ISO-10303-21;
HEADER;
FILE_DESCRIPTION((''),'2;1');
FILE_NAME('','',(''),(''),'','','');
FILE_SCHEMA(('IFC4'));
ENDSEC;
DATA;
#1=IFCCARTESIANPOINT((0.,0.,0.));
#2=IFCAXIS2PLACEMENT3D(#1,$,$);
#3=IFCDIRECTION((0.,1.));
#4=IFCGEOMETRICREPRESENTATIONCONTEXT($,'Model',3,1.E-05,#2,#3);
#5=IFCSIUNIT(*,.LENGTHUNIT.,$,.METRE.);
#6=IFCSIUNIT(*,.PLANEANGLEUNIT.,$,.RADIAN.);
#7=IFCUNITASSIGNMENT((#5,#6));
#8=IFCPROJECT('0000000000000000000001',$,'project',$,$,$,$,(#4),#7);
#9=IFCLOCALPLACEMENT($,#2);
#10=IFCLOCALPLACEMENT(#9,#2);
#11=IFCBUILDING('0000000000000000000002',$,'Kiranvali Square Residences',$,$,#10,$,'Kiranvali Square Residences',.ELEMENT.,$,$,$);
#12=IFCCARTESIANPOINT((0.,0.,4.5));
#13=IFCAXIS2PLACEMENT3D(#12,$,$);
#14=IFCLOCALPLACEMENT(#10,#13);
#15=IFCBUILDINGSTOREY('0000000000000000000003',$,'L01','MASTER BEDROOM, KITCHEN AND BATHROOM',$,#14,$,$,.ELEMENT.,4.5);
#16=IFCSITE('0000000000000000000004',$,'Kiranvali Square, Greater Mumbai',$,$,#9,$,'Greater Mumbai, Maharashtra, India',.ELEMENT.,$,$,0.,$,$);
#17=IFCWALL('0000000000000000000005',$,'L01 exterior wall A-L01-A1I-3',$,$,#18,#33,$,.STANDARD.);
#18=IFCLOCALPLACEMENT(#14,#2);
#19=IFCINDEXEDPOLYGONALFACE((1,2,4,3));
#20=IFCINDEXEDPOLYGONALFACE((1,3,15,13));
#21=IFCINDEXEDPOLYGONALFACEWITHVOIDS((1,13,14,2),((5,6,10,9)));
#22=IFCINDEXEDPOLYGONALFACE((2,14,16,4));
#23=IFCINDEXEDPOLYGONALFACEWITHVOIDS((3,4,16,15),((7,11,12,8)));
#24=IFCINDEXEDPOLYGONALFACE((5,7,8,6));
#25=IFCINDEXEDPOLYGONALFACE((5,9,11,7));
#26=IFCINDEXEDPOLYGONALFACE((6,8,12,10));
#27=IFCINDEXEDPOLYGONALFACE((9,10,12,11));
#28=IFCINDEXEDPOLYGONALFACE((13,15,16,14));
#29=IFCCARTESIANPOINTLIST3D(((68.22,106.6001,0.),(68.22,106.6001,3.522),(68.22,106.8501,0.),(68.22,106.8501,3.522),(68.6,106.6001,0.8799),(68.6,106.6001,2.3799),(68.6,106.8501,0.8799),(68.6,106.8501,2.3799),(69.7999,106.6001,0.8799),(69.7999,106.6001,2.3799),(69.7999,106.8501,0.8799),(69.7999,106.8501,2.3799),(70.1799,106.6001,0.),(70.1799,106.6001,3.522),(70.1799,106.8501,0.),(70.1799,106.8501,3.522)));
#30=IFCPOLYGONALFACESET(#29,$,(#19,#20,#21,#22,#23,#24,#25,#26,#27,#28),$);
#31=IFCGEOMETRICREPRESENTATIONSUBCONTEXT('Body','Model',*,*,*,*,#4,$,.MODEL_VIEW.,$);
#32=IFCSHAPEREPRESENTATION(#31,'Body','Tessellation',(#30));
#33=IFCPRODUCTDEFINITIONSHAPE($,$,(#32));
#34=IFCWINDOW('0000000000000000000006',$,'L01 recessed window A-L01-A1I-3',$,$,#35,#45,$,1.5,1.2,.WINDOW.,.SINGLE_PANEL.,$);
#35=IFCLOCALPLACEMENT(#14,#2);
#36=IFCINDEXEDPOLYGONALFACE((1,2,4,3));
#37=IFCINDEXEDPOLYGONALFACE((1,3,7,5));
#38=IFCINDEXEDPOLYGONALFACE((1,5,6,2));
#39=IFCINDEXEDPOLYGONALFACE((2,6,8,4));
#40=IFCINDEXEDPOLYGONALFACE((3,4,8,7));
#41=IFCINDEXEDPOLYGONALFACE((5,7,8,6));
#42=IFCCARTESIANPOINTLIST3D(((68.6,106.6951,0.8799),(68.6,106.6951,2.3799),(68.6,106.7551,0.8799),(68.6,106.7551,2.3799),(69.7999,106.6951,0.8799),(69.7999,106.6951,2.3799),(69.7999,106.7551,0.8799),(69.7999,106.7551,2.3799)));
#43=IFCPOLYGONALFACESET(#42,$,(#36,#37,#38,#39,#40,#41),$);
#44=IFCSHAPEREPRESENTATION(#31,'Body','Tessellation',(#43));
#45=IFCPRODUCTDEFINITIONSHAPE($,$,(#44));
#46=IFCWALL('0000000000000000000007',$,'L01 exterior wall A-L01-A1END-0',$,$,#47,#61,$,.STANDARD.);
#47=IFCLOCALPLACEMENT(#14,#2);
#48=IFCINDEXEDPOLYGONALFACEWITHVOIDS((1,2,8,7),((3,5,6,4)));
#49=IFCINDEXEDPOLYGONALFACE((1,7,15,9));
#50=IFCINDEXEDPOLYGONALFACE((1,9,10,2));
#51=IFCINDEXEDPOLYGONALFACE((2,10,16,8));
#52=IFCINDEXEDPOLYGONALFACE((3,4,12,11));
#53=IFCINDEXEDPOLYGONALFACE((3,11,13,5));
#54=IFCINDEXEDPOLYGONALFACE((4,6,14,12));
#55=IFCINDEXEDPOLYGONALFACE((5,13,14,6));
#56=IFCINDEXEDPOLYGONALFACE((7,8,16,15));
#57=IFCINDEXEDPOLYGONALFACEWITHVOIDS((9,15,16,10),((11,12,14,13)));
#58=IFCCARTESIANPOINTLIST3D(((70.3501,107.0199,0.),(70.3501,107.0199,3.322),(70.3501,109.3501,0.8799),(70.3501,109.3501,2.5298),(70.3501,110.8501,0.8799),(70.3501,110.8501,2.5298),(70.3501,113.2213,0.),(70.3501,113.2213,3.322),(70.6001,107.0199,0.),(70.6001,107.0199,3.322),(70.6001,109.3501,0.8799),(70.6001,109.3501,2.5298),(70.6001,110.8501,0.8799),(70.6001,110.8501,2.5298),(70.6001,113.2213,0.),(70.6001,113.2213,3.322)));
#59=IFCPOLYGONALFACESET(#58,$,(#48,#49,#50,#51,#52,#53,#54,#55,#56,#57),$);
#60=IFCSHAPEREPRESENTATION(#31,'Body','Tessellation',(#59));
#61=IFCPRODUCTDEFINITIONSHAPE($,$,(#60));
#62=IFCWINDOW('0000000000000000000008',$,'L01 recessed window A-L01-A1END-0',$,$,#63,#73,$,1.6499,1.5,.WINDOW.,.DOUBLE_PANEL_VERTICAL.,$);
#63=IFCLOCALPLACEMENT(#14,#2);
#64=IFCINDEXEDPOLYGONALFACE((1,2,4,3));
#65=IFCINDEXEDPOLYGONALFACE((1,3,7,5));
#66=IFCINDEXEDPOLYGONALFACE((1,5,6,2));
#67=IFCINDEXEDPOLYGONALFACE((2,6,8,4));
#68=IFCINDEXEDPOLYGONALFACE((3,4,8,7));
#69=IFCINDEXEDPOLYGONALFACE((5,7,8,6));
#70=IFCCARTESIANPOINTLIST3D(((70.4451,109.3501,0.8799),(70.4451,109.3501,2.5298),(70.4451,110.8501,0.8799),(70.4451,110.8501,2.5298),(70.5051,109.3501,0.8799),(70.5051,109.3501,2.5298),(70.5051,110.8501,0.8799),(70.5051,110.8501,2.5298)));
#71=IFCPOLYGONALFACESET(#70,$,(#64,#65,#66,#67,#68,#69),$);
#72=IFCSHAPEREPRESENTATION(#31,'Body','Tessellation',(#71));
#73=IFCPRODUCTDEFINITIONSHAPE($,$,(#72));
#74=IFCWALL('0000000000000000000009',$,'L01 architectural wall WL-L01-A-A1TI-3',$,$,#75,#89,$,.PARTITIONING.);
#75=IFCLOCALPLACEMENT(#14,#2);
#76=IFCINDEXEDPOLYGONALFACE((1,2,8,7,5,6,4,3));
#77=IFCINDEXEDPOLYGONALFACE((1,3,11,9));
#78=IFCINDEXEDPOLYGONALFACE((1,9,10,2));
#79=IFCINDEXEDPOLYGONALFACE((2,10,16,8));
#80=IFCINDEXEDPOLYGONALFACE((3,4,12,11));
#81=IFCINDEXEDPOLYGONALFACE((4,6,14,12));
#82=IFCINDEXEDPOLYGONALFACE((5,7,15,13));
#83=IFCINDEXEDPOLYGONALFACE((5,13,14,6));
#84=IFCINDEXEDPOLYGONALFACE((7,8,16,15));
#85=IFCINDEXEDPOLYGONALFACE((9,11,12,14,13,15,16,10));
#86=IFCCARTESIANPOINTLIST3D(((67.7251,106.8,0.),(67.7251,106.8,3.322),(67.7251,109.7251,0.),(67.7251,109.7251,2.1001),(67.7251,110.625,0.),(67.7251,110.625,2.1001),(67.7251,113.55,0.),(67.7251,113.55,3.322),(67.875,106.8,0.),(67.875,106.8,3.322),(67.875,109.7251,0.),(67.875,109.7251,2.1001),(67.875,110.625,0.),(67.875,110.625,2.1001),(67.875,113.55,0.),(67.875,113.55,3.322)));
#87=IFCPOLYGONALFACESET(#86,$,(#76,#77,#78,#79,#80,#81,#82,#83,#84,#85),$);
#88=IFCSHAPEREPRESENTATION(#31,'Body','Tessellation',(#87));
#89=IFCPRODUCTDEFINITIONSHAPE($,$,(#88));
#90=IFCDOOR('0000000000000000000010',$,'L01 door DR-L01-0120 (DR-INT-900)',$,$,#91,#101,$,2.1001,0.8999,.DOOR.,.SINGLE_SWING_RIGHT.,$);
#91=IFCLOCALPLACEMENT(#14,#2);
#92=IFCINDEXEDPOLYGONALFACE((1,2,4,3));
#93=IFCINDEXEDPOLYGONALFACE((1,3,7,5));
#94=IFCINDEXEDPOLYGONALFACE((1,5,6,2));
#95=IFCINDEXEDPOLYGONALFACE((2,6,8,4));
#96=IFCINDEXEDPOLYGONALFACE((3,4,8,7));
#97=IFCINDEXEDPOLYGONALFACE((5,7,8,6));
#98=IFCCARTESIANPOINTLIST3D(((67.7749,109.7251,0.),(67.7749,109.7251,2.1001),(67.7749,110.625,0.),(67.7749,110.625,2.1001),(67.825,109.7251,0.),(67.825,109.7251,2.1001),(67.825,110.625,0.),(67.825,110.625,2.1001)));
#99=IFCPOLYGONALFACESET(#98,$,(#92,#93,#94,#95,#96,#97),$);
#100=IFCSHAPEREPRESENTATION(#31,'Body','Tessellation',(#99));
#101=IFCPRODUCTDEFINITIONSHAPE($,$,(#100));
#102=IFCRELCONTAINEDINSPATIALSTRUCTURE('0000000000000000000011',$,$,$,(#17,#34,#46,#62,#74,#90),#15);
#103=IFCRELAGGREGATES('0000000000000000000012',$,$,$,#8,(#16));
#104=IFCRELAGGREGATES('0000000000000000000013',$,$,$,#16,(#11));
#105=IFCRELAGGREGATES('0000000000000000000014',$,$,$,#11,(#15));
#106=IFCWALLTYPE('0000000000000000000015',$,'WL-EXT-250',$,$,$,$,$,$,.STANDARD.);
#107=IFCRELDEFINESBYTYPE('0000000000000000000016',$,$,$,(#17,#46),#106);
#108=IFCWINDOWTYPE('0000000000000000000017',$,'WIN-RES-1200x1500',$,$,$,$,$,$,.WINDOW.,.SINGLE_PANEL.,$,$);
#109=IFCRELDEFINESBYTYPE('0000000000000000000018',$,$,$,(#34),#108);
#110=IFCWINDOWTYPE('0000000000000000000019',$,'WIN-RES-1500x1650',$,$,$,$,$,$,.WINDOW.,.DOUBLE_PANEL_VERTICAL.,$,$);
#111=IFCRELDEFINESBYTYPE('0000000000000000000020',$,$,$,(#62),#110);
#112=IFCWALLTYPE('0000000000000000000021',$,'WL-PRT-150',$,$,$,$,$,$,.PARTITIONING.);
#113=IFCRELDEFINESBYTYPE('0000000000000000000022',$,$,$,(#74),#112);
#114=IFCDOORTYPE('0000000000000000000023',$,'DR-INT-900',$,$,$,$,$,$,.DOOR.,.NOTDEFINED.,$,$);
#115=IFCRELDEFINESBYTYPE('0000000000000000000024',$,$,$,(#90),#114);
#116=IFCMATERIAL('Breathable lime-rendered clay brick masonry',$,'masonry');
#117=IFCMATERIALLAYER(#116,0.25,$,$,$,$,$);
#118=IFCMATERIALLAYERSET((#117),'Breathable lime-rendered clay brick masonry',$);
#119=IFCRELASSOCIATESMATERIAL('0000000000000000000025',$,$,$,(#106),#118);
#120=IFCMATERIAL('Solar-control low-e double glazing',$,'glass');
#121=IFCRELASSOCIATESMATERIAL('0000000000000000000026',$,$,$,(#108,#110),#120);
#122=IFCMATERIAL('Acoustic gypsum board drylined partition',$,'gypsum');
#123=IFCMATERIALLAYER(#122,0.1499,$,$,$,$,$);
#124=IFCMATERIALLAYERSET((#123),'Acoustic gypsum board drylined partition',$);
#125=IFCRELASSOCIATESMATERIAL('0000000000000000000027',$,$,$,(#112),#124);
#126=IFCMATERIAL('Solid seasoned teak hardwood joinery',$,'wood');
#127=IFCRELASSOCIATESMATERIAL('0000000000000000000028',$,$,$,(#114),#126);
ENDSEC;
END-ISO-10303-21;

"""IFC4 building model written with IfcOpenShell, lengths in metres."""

from ifc_helpers import new_model, si_unit, direction, frame, frame_2d, origin, place, context, subcontext, project, spatial, rectangle, extrude, material, layer, layer_set, type_object, element, fill, save


model = new_model("IFC4")

# Units and contexts
model_context = context("Model", 3, precision=1e-05, world=origin(), true_north=direction((0.0, 1.0)))
body_context = subcontext(model_context, "Body", "Model", "MODEL_VIEW")
ifc_project = project(units=[si_unit("LENGTHUNIT", "METRE"), si_unit("PLANEANGLEUNIT", "RADIAN")], contexts=[model_context])

# Site, building, storey
site_placement = place(None, origin())
site = spatial("IfcSite", under=ifc_project, at=site_placement, Name="Kiranvali Square, Greater Mumbai", LongName="Greater Mumbai, Maharashtra, India", CompositionType="ELEMENT", RefElevation=0.0)
building_placement = place(site_placement, origin())
building = spatial("IfcBuilding", under=site, at=building_placement, Name="Kiranvali Square Residences", LongName="Kiranvali Square Residences", CompositionType="ELEMENT")
storey_placement = place(building_placement, frame((0.0, 0.0, 4.5)))
storey = spatial("IfcBuildingStorey", under=building, at=storey_placement, Name="L01", Description="MASTER BEDROOM, KITCHEN AND BATHROOM", CompositionType="ELEMENT", Elevation=4.5)

# Walls, openings, windows
ifc_material_1 = material(Name="Breathable lime-rendered clay brick masonry", Category="masonry")
ifc_layer_1 = layer(ifc_material_1, 0.25)
ifc_layer_set_1 = layer_set([ifc_layer_1], Name="Breathable lime-rendered clay brick masonry")
wall_type_1 = type_object("IfcWallType", Name="WL-EXT-250", PredefinedType="STANDARD", material=ifc_layer_set_1)
ifc_material_2 = material(Name="Solar-control low-e double glazing", Category="glass")
window_type_1 = type_object("IfcWindowType", Name="WIN-RES-1200x1500", PartitioningType="SINGLE_PANEL", PredefinedType="WINDOW", material=ifc_material_2)
wall_1_placement = place(storey_placement, frame((68.22, 106.7251, 0.0), z_axis=(0.0, 0.0, 1.0), x_axis=(1.0, 0.0, 0.0)))
wall_1 = element("IfcWall", 1, at=wall_1_placement, inside=storey, type_object=wall_type_1, Name="L01 exterior wall A-L01-A1I-3", PredefinedType="STANDARD", context=body_context, shape_type="SweptSolid", body=[
    extrude(rectangle(XDim=1.96, YDim=0.25, at=frame_2d((0.98, 0.0))), origin(), (0.0, 0.0, 1.0), 3.522),
])
opening_1_placement = place(wall_1_placement, frame((0.3799, 0.0, 0.8799)))
opening_1 = element("IfcOpeningElement", 2, at=opening_1_placement, cuts=wall_1, PredefinedType="OPENING", context=body_context, shape_type="SweptSolid", body=[
    extrude(rectangle(XDim=1.2, YDim=1.5, at=frame_2d((0.6001, 0.75))), frame((0.0, 0.135, 0.0), z_axis=(0.0, -1.0, 0.0), x_axis=(1.0, 0.0, 0.0)), (0.0, 0.0, 1.0), 0.27),
])
window_1_placement = place(opening_1_placement, origin())
window_1 = element("IfcWindow", 3, at=window_1_placement, inside=storey, type_object=window_type_1, Name="L01 recessed window A-L01-A1I-3", OverallHeight=1.5, OverallWidth=1.2, PartitioningType="SINGLE_PANEL", PredefinedType="WINDOW", context=body_context, shape_type="SweptSolid", body=[
    extrude(rectangle(XDim=1.2, YDim=1.5, at=frame_2d((0.6001, 0.75))), frame((0.0, 0.03, 0.0), z_axis=(0.0, -1.0, 0.0), x_axis=(1.0, 0.0, 0.0)), (0.0, 0.0, 1.0), 0.0601),
])
fill(opening_1, window_1)
wall_2_placement = place(storey_placement, frame((70.4751, 107.02, 0.0), z_axis=(0.0, 0.0, 1.0), x_axis=(0.0, 1.0, 0.0)))
wall_2 = element("IfcWall", 4, at=wall_2_placement, inside=storey, type_object=wall_type_1, Name="L01 exterior wall A-L01-A1END-0", PredefinedType="STANDARD", context=body_context, shape_type="SweptSolid", body=[
    extrude(rectangle(XDim=6.2014, YDim=0.25, at=frame_2d((3.1006, 0.0))), origin(), (0.0, 0.0, 1.0), 3.322),
])
opening_2_placement = place(wall_2_placement, frame((2.3301, 0.0, 0.8799)))
opening_2 = element("IfcOpeningElement", 5, at=opening_2_placement, cuts=wall_2, PredefinedType="OPENING", context=body_context, shape_type="SweptSolid", body=[
    extrude(rectangle(XDim=1.5, YDim=1.6499, at=frame_2d((0.75, 0.825))), frame((0.0, 0.135, 0.0), z_axis=(0.0, -1.0, 0.0), x_axis=(1.0, 0.0, 0.0)), (0.0, 0.0, 1.0), 0.27),
])
window_type_2 = type_object("IfcWindowType", Name="WIN-RES-1500x1650", PartitioningType="DOUBLE_PANEL_VERTICAL", PredefinedType="WINDOW", material=ifc_material_2)
window_2_placement = place(opening_2_placement, origin())
window_2 = element("IfcWindow", 6, at=window_2_placement, inside=storey, type_object=window_type_2, Name="L01 recessed window A-L01-A1END-0", OverallHeight=1.6499, OverallWidth=1.5, PartitioningType="DOUBLE_PANEL_VERTICAL", PredefinedType="WINDOW", context=body_context, shape_type="SweptSolid", body=[
    extrude(rectangle(XDim=1.5, YDim=1.6499, at=frame_2d((0.75, 0.825))), frame((0.0, 0.03, 0.0), z_axis=(0.0, -1.0, 0.0), x_axis=(1.0, 0.0, 0.0)), (0.0, 0.0, 1.0), 0.0601),
])
fill(opening_2, window_2)

# Wall, opening, door
ifc_material_3 = material(Name="Acoustic gypsum board drylined partition", Category="gypsum")
ifc_layer_2 = layer(ifc_material_3, 0.1499)
ifc_layer_set_2 = layer_set([ifc_layer_2], Name="Acoustic gypsum board drylined partition")
wall_type_2 = type_object("IfcWallType", Name="WL-PRT-150", PredefinedType="PARTITIONING", material=ifc_layer_set_2)
wall_3_placement = place(storey_placement, frame((67.8, 106.8, 0.0), z_axis=(0.0, 0.0, 1.0), x_axis=(0.0, 1.0, 0.0)))
wall_3 = element("IfcWall", 7, at=wall_3_placement, inside=storey, type_object=wall_type_2, Name="L01 architectural wall WL-L01-A-A1TI-3", PredefinedType="PARTITIONING", context=body_context, shape_type="SweptSolid", body=[
    extrude(rectangle(XDim=6.75, YDim=0.1499, at=frame_2d((3.375, 0.0))), origin(), (0.0, 0.0, 1.0), 3.322),
])
opening_3_placement = place(wall_3_placement, frame((2.925, 0.0, 0.0)))
opening_3 = element("IfcOpeningElement", 8, at=opening_3_placement, cuts=wall_3, PredefinedType="OPENING", context=body_context, shape_type="SweptSolid", body=[
    extrude(rectangle(XDim=0.8999, YDim=2.1001, at=frame_2d((0.45, 1.05))), frame((0.0, 0.085, 0.0), z_axis=(0.0, -1.0, 0.0), x_axis=(1.0, 0.0, 0.0)), (0.0, 0.0, 1.0), 0.1699),
])
ifc_material_4 = material(Name="Solid seasoned teak hardwood joinery", Category="wood")
door_type_1 = type_object("IfcDoorType", Name="DR-INT-900", OperationType="NOTDEFINED", PredefinedType="DOOR", material=ifc_material_4)
door_1_placement = place(opening_3_placement, frame((0.8999, 0.0, 0.0), z_axis=(0.0, 0.0, 1.0), x_axis=(-1.0, 0.0, 0.0)))
door_1 = element("IfcDoor", 9, at=door_1_placement, inside=storey, type_object=door_type_1, Name="L01 door DR-L01-0120 (DR-INT-900)", OperationType="SINGLE_SWING_RIGHT", OverallHeight=2.1001, OverallWidth=0.8999, PredefinedType="DOOR", context=body_context, shape_type="SweptSolid", body=[
    extrude(rectangle(XDim=0.8999, YDim=2.1001, at=frame_2d((0.45, 1.05))), frame((0.0, 0.0249, 0.0), z_axis=(0.0, -1.0, 0.0), x_axis=(1.0, 0.0, 0.0)), (0.0, 0.0, 1.0), 0.05),
])
fill(opening_3, door_1)

save(model, "model.ifc")
